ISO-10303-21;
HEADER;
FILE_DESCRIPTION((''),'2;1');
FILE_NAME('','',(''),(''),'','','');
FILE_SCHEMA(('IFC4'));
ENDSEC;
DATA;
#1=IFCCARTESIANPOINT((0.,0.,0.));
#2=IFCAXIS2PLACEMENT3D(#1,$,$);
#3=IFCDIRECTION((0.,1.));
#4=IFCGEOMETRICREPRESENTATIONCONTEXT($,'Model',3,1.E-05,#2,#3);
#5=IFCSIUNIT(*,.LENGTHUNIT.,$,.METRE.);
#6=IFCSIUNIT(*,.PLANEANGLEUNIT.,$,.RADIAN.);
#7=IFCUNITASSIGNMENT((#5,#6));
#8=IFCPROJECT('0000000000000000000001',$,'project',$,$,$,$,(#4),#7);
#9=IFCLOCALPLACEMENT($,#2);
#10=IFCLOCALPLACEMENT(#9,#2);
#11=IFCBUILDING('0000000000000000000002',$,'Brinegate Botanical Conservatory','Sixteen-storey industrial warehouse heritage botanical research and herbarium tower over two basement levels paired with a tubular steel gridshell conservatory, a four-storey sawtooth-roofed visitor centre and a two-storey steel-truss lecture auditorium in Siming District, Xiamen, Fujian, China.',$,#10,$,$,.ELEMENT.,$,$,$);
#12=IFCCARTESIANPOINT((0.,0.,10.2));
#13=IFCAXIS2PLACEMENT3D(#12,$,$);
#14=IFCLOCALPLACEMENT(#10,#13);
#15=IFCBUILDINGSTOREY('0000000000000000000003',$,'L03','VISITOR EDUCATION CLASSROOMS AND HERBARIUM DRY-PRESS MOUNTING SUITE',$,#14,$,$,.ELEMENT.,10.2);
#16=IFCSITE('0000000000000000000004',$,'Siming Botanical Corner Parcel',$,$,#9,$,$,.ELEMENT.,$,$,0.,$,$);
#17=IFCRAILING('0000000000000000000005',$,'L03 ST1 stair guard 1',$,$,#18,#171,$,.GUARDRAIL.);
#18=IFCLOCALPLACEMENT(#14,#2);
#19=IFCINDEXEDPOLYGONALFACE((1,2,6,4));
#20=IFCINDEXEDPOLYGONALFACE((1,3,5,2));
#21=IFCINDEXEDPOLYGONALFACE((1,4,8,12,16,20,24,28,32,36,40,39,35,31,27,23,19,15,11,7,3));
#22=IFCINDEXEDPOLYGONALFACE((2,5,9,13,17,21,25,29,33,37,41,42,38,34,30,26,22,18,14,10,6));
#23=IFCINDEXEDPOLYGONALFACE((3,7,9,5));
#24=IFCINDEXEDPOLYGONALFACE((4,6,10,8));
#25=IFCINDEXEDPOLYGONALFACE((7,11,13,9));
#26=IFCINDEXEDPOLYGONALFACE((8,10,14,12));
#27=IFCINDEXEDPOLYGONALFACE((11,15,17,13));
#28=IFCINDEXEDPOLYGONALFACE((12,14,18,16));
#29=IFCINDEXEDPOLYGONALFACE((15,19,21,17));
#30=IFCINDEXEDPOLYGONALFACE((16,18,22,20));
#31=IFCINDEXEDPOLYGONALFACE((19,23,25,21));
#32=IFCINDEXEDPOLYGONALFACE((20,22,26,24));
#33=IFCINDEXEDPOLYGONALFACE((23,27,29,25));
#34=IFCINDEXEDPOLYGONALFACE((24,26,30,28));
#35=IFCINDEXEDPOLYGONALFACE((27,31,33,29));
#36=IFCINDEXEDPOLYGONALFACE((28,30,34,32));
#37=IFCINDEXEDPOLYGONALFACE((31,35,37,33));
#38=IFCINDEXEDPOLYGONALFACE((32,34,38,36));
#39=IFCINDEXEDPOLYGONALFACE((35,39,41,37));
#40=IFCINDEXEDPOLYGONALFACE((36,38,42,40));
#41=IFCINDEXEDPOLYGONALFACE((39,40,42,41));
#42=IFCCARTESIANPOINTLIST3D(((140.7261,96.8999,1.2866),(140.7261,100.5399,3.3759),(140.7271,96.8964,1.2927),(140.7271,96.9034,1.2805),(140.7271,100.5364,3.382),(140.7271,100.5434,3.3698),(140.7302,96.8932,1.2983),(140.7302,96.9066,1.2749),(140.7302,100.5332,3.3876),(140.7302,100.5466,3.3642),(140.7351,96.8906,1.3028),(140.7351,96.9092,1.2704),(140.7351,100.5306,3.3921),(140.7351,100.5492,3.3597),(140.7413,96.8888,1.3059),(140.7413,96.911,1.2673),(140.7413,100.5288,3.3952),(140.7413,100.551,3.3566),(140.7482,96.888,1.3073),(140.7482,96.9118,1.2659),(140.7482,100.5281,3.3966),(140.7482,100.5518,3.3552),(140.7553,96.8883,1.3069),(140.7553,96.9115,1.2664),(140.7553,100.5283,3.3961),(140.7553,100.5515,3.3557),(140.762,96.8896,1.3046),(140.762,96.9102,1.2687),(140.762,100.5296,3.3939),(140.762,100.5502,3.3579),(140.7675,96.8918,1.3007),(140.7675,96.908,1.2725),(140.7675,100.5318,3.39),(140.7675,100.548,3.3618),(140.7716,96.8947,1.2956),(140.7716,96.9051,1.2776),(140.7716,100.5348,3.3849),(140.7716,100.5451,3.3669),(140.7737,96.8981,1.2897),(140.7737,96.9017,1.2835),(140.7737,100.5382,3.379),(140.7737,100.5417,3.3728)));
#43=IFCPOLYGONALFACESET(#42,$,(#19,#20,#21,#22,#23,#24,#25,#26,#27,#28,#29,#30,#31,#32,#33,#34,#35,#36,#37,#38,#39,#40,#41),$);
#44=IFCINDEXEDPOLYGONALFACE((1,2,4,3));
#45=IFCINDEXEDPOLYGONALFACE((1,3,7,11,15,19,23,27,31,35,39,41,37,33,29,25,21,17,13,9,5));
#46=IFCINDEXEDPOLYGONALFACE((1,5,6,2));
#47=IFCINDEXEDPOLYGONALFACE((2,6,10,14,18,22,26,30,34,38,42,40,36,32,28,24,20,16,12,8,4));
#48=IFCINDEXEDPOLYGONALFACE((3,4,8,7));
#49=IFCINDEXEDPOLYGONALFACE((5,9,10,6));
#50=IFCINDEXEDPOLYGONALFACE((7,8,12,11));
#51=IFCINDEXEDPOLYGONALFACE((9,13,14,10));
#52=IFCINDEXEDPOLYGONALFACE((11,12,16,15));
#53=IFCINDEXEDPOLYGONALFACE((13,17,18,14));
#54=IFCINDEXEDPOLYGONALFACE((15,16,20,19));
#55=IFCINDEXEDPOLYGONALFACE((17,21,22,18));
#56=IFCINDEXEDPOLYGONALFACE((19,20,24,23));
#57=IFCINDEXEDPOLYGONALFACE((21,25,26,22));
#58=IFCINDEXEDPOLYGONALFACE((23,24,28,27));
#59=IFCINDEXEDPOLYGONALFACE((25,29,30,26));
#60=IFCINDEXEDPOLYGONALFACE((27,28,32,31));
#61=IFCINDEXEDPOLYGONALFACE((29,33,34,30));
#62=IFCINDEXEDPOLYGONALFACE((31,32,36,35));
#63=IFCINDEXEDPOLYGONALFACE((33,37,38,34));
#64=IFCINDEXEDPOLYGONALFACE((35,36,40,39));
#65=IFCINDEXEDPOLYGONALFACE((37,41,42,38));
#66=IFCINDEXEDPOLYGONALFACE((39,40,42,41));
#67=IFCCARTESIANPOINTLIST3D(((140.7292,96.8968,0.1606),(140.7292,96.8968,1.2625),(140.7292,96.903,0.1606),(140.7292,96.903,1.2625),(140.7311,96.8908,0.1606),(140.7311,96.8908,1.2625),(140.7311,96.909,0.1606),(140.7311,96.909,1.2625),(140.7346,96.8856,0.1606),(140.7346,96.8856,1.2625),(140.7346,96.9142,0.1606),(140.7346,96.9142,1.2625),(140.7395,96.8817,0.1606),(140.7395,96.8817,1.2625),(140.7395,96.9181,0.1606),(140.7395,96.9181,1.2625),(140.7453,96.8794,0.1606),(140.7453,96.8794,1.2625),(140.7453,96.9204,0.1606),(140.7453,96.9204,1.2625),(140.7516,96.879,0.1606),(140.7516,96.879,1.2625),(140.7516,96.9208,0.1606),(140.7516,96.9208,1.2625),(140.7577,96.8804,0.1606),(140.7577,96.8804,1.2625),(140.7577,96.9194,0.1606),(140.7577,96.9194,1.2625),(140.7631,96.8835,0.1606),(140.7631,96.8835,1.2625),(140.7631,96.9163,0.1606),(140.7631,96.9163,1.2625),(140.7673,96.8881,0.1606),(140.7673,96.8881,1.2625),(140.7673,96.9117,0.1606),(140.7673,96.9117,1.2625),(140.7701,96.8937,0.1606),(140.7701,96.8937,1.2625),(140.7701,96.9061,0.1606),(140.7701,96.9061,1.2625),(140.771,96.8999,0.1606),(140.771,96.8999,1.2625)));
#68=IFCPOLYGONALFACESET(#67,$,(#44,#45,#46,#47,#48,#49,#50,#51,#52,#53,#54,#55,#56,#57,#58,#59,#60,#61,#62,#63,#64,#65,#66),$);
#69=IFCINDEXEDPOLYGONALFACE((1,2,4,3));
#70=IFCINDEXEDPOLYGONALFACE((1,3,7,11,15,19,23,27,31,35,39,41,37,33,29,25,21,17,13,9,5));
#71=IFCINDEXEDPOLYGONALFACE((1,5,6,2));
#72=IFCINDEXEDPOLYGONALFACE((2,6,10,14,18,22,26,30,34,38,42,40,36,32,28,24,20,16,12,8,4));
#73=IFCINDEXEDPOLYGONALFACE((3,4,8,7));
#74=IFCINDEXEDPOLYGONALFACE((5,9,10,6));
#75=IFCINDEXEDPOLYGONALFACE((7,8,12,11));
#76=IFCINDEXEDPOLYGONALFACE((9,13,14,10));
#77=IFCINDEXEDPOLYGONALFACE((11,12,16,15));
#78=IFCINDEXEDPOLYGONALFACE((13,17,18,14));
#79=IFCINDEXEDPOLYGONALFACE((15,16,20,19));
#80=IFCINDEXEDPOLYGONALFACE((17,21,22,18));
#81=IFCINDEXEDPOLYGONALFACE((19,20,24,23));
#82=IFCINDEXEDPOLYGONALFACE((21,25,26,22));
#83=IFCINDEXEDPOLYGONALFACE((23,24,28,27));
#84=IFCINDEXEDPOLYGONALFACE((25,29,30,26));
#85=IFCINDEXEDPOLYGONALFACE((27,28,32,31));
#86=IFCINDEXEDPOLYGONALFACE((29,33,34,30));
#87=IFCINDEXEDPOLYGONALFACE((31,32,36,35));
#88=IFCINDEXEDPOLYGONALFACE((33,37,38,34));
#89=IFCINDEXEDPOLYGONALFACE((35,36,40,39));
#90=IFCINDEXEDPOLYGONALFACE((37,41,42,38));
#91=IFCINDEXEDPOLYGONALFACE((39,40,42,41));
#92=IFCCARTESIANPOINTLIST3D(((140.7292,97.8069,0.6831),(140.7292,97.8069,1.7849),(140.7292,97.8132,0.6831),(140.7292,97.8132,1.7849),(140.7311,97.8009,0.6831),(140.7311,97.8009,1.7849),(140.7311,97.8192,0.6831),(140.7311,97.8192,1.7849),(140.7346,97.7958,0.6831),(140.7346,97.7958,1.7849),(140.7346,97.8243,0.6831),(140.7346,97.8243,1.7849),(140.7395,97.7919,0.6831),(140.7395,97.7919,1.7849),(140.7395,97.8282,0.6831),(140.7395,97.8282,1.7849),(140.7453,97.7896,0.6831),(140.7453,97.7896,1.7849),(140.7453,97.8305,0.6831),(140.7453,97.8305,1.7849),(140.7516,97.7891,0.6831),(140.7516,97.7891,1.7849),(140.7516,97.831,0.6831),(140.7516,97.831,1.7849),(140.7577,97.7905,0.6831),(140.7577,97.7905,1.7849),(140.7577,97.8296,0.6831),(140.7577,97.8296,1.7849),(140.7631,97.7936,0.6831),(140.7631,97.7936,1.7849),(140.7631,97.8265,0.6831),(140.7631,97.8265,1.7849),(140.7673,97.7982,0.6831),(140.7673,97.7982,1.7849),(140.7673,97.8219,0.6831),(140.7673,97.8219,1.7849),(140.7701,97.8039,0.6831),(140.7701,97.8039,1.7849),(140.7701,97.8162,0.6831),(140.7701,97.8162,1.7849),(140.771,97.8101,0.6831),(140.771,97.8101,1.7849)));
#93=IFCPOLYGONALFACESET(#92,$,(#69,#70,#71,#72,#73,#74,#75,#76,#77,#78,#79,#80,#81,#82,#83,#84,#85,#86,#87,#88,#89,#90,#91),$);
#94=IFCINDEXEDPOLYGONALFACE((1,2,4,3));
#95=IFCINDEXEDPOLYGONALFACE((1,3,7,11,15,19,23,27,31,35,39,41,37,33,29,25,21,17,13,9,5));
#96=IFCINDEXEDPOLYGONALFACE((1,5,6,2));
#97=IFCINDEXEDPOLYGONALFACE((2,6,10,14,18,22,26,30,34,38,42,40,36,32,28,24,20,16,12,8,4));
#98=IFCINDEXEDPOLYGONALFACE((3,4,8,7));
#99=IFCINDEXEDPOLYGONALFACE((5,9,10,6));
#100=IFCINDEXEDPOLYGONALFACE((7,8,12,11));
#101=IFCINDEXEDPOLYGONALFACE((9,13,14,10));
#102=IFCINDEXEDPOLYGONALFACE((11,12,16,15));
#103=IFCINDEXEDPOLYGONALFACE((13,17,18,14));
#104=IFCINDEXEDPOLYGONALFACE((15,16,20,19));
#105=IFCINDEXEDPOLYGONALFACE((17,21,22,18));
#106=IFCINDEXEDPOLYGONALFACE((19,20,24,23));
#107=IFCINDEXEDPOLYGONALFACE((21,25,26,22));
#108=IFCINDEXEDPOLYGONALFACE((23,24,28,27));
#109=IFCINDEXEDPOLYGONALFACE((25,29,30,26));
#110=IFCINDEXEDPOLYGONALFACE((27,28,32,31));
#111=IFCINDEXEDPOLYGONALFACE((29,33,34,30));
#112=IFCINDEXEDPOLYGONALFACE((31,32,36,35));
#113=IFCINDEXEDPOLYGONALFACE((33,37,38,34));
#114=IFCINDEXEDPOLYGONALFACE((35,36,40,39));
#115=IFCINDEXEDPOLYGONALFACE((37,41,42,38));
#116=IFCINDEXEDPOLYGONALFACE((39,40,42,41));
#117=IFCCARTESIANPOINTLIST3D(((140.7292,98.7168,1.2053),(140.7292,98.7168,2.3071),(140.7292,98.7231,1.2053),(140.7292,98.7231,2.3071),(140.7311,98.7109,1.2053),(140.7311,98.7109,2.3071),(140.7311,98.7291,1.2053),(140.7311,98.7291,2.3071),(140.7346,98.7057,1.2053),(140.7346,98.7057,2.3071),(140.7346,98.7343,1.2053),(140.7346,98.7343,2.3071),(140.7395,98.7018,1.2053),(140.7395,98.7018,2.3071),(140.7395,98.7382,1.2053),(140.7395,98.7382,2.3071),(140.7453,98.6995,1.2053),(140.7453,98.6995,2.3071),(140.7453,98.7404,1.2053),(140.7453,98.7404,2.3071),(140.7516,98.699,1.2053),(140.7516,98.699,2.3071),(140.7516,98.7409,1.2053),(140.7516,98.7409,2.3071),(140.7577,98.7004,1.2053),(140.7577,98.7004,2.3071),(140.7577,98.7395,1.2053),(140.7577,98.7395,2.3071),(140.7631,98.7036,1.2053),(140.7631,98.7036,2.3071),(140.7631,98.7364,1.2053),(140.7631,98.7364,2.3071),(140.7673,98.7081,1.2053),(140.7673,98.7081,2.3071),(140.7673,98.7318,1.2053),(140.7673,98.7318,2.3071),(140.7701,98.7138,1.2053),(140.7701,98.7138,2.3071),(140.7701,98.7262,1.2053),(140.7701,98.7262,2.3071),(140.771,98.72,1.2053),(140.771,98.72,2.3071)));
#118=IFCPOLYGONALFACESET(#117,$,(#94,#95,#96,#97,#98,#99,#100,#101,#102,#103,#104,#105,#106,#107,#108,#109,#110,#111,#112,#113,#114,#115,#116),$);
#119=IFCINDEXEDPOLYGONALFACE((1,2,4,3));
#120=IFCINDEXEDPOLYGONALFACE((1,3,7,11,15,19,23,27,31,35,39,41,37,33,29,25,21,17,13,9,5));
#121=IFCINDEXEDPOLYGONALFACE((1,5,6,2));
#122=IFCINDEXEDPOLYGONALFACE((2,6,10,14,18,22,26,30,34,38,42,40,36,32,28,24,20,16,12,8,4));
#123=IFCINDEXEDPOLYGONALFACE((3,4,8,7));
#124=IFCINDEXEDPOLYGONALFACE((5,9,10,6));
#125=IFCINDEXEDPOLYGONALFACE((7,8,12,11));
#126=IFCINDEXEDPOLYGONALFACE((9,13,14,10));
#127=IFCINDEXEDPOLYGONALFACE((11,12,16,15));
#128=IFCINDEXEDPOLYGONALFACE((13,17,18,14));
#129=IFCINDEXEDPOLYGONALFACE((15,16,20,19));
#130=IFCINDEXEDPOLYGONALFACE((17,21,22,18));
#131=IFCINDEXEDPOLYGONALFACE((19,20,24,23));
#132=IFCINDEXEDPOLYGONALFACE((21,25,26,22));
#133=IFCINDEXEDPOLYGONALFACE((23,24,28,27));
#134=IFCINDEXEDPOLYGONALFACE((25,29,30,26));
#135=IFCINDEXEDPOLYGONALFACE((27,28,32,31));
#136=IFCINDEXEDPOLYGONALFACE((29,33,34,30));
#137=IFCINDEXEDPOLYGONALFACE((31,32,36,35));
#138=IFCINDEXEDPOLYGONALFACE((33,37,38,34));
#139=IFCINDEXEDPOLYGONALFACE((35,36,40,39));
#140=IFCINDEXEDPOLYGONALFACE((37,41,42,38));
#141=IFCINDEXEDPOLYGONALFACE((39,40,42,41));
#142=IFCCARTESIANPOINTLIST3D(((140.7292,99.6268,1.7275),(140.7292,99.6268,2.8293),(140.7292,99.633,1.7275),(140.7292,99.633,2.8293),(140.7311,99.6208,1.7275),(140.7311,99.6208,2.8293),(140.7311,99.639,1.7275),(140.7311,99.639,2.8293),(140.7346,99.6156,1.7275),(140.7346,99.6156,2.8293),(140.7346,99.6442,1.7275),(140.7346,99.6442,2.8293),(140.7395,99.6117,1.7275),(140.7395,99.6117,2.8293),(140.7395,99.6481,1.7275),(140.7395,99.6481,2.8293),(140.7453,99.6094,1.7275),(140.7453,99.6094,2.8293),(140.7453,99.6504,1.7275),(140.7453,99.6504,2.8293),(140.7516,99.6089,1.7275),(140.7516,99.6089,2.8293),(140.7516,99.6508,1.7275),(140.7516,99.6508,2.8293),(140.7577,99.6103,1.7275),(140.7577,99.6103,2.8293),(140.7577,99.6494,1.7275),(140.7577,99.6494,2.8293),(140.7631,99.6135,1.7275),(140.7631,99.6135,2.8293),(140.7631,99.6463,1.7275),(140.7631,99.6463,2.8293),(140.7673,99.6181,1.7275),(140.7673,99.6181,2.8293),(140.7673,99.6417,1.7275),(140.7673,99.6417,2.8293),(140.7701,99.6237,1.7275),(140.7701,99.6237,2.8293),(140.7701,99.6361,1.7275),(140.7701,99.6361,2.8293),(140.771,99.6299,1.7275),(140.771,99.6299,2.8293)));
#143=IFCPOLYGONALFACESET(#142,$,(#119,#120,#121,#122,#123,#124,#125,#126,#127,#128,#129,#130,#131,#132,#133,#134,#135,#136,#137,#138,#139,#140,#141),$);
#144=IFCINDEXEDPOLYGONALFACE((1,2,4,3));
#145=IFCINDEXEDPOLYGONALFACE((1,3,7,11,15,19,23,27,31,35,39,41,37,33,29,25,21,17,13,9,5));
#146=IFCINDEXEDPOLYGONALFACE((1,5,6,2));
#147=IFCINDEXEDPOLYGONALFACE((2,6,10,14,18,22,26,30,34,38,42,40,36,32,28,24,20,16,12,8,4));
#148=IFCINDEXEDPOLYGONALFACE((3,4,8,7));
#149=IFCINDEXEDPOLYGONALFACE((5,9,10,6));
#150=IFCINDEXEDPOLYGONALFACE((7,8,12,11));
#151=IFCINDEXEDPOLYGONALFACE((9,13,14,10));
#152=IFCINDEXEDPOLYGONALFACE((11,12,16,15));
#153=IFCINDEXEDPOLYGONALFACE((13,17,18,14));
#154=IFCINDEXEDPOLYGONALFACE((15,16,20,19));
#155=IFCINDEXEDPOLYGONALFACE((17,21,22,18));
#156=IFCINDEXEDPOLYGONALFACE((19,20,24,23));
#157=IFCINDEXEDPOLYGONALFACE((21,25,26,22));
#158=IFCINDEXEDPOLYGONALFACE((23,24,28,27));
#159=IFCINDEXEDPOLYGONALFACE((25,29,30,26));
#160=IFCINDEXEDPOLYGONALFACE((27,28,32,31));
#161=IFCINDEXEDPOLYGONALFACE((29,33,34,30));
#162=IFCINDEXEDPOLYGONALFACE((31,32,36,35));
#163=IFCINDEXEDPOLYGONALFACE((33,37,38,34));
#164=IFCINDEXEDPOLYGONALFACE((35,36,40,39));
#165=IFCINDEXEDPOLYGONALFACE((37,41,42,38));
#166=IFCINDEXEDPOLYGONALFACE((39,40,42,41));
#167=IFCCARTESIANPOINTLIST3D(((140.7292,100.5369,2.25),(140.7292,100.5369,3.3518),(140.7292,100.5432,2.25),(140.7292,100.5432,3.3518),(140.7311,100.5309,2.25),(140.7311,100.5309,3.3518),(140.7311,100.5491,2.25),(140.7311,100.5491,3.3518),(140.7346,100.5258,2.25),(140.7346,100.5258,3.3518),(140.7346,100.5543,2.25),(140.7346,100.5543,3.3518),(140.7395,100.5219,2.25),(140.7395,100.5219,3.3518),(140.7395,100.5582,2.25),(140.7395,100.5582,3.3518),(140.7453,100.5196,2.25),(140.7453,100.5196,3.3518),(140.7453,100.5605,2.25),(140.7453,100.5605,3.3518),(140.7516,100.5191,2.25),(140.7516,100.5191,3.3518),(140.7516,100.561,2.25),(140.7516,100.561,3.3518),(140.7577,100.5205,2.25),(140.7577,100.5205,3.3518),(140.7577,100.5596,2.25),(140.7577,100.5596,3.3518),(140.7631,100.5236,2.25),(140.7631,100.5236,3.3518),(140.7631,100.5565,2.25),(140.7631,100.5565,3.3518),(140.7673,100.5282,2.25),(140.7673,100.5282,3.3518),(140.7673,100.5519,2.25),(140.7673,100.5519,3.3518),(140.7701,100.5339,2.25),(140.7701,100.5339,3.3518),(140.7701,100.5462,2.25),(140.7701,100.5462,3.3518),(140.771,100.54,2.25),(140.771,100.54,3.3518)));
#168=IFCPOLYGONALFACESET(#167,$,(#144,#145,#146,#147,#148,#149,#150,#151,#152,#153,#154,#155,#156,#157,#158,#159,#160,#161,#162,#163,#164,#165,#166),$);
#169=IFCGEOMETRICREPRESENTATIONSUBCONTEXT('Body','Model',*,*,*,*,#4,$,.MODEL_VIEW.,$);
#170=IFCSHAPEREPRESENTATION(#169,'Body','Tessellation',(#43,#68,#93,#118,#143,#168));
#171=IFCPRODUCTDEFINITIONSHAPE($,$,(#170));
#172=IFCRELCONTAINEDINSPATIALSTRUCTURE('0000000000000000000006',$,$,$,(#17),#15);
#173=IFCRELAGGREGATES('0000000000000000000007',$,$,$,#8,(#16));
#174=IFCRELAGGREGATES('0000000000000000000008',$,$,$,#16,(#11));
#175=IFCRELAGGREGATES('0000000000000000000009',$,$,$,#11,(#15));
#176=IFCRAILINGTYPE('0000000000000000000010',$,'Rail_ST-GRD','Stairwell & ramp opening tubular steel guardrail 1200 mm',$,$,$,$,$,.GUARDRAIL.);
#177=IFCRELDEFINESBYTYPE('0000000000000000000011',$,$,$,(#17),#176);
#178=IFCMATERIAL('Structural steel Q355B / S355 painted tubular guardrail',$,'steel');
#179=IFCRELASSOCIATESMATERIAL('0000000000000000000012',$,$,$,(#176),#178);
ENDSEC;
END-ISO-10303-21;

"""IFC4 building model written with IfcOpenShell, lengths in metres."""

from ifc_helpers import new_model, si_unit, direction, frame, origin, origin_2d, place, context, subcontext, project, spatial, circle, extrude, material, type_object, element, save


model = new_model("IFC4")

# Units and contexts
model_context = context("Model", 3, precision=1e-05, world=origin(), true_north=direction((0.0, 1.0)))
body_context = subcontext(model_context, "Body", "Model", "MODEL_VIEW")
ifc_project = project(units=[si_unit("LENGTHUNIT", "METRE"), si_unit("PLANEANGLEUNIT", "RADIAN")], contexts=[model_context])

# Site, building, storey
site_placement = place(None, origin())
site = spatial("IfcSite", under=ifc_project, at=site_placement, Name="Siming Botanical Corner Parcel", CompositionType="ELEMENT", RefElevation=0.0)
building_placement = place(site_placement, origin())
building = spatial("IfcBuilding", under=site, at=building_placement, Name="Brinegate Botanical Conservatory", Description="Sixteen-storey industrial warehouse heritage botanical research and herbarium tower over two basement levels paired with a tubular steel gridshell conservatory, a four-storey sawtooth-roofed visitor centre and a two-storey steel-truss lecture auditorium in Siming District, Xiamen, Fujian, China.", CompositionType="ELEMENT")
storey_placement = place(building_placement, frame((0.0, 0.0, 10.2)))
storey = spatial("IfcBuildingStorey", under=building, at=storey_placement, Name="L03", Description="VISITOR EDUCATION CLASSROOMS AND HERBARIUM DRY-PRESS MOUNTING SUITE", CompositionType="ELEMENT", Elevation=10.2)

# Railing
ifc_material_1 = material(Name="Structural steel Q355B / S355 painted tubular guardrail", Category="steel")
railing_type_1 = type_object("IfcRailingType", Name="Rail_ST-GRD", Description="Stairwell & ramp opening tubular steel guardrail 1200 mm", PredefinedType="GUARDRAIL", material=ifc_material_1)
railing_1_placement = place(storey_placement, frame((140.75, 96.8999, 0.1606)))
element("IfcRailing", 1, at=railing_1_placement, inside=storey, type_object=railing_type_1, Name="L03 ST1 stair guard 1", PredefinedType="GUARDRAIL", context=body_context, shape_type="SweptSolid", body=[
    extrude(circle(Radius=0.0239, at=origin_2d()), frame((0.0, 0.0, 1.126), z_axis=(0.0, 0.867289, 0.497804), x_axis=(-1.0, 0.0, 0.0)), (0.0, 0.0, 1.0), 4.197),
    extrude(circle(Radius=0.021, at=origin_2d()), origin(), (0.0, 0.0, 1.0), 1.1018),
    extrude(circle(Radius=0.021, at=origin_2d()), frame((0.0, 0.9102, 0.5225)), (0.0, 0.0, 1.0), 1.1018),
    extrude(circle(Radius=0.021, at=origin_2d()), frame((0.0, 1.8201, 1.0447)), (0.0, 0.0, 1.0), 1.1018),
    extrude(circle(Radius=0.021, at=origin_2d()), frame((0.0, 2.73, 1.5669)), (0.0, 0.0, 1.0), 1.1018),
    extrude(circle(Radius=0.021, at=origin_2d()), frame((0.0, 3.6401, 2.0894)), (0.0, 0.0, 1.0), 1.1018),
])

save(model, "model.ifc")
